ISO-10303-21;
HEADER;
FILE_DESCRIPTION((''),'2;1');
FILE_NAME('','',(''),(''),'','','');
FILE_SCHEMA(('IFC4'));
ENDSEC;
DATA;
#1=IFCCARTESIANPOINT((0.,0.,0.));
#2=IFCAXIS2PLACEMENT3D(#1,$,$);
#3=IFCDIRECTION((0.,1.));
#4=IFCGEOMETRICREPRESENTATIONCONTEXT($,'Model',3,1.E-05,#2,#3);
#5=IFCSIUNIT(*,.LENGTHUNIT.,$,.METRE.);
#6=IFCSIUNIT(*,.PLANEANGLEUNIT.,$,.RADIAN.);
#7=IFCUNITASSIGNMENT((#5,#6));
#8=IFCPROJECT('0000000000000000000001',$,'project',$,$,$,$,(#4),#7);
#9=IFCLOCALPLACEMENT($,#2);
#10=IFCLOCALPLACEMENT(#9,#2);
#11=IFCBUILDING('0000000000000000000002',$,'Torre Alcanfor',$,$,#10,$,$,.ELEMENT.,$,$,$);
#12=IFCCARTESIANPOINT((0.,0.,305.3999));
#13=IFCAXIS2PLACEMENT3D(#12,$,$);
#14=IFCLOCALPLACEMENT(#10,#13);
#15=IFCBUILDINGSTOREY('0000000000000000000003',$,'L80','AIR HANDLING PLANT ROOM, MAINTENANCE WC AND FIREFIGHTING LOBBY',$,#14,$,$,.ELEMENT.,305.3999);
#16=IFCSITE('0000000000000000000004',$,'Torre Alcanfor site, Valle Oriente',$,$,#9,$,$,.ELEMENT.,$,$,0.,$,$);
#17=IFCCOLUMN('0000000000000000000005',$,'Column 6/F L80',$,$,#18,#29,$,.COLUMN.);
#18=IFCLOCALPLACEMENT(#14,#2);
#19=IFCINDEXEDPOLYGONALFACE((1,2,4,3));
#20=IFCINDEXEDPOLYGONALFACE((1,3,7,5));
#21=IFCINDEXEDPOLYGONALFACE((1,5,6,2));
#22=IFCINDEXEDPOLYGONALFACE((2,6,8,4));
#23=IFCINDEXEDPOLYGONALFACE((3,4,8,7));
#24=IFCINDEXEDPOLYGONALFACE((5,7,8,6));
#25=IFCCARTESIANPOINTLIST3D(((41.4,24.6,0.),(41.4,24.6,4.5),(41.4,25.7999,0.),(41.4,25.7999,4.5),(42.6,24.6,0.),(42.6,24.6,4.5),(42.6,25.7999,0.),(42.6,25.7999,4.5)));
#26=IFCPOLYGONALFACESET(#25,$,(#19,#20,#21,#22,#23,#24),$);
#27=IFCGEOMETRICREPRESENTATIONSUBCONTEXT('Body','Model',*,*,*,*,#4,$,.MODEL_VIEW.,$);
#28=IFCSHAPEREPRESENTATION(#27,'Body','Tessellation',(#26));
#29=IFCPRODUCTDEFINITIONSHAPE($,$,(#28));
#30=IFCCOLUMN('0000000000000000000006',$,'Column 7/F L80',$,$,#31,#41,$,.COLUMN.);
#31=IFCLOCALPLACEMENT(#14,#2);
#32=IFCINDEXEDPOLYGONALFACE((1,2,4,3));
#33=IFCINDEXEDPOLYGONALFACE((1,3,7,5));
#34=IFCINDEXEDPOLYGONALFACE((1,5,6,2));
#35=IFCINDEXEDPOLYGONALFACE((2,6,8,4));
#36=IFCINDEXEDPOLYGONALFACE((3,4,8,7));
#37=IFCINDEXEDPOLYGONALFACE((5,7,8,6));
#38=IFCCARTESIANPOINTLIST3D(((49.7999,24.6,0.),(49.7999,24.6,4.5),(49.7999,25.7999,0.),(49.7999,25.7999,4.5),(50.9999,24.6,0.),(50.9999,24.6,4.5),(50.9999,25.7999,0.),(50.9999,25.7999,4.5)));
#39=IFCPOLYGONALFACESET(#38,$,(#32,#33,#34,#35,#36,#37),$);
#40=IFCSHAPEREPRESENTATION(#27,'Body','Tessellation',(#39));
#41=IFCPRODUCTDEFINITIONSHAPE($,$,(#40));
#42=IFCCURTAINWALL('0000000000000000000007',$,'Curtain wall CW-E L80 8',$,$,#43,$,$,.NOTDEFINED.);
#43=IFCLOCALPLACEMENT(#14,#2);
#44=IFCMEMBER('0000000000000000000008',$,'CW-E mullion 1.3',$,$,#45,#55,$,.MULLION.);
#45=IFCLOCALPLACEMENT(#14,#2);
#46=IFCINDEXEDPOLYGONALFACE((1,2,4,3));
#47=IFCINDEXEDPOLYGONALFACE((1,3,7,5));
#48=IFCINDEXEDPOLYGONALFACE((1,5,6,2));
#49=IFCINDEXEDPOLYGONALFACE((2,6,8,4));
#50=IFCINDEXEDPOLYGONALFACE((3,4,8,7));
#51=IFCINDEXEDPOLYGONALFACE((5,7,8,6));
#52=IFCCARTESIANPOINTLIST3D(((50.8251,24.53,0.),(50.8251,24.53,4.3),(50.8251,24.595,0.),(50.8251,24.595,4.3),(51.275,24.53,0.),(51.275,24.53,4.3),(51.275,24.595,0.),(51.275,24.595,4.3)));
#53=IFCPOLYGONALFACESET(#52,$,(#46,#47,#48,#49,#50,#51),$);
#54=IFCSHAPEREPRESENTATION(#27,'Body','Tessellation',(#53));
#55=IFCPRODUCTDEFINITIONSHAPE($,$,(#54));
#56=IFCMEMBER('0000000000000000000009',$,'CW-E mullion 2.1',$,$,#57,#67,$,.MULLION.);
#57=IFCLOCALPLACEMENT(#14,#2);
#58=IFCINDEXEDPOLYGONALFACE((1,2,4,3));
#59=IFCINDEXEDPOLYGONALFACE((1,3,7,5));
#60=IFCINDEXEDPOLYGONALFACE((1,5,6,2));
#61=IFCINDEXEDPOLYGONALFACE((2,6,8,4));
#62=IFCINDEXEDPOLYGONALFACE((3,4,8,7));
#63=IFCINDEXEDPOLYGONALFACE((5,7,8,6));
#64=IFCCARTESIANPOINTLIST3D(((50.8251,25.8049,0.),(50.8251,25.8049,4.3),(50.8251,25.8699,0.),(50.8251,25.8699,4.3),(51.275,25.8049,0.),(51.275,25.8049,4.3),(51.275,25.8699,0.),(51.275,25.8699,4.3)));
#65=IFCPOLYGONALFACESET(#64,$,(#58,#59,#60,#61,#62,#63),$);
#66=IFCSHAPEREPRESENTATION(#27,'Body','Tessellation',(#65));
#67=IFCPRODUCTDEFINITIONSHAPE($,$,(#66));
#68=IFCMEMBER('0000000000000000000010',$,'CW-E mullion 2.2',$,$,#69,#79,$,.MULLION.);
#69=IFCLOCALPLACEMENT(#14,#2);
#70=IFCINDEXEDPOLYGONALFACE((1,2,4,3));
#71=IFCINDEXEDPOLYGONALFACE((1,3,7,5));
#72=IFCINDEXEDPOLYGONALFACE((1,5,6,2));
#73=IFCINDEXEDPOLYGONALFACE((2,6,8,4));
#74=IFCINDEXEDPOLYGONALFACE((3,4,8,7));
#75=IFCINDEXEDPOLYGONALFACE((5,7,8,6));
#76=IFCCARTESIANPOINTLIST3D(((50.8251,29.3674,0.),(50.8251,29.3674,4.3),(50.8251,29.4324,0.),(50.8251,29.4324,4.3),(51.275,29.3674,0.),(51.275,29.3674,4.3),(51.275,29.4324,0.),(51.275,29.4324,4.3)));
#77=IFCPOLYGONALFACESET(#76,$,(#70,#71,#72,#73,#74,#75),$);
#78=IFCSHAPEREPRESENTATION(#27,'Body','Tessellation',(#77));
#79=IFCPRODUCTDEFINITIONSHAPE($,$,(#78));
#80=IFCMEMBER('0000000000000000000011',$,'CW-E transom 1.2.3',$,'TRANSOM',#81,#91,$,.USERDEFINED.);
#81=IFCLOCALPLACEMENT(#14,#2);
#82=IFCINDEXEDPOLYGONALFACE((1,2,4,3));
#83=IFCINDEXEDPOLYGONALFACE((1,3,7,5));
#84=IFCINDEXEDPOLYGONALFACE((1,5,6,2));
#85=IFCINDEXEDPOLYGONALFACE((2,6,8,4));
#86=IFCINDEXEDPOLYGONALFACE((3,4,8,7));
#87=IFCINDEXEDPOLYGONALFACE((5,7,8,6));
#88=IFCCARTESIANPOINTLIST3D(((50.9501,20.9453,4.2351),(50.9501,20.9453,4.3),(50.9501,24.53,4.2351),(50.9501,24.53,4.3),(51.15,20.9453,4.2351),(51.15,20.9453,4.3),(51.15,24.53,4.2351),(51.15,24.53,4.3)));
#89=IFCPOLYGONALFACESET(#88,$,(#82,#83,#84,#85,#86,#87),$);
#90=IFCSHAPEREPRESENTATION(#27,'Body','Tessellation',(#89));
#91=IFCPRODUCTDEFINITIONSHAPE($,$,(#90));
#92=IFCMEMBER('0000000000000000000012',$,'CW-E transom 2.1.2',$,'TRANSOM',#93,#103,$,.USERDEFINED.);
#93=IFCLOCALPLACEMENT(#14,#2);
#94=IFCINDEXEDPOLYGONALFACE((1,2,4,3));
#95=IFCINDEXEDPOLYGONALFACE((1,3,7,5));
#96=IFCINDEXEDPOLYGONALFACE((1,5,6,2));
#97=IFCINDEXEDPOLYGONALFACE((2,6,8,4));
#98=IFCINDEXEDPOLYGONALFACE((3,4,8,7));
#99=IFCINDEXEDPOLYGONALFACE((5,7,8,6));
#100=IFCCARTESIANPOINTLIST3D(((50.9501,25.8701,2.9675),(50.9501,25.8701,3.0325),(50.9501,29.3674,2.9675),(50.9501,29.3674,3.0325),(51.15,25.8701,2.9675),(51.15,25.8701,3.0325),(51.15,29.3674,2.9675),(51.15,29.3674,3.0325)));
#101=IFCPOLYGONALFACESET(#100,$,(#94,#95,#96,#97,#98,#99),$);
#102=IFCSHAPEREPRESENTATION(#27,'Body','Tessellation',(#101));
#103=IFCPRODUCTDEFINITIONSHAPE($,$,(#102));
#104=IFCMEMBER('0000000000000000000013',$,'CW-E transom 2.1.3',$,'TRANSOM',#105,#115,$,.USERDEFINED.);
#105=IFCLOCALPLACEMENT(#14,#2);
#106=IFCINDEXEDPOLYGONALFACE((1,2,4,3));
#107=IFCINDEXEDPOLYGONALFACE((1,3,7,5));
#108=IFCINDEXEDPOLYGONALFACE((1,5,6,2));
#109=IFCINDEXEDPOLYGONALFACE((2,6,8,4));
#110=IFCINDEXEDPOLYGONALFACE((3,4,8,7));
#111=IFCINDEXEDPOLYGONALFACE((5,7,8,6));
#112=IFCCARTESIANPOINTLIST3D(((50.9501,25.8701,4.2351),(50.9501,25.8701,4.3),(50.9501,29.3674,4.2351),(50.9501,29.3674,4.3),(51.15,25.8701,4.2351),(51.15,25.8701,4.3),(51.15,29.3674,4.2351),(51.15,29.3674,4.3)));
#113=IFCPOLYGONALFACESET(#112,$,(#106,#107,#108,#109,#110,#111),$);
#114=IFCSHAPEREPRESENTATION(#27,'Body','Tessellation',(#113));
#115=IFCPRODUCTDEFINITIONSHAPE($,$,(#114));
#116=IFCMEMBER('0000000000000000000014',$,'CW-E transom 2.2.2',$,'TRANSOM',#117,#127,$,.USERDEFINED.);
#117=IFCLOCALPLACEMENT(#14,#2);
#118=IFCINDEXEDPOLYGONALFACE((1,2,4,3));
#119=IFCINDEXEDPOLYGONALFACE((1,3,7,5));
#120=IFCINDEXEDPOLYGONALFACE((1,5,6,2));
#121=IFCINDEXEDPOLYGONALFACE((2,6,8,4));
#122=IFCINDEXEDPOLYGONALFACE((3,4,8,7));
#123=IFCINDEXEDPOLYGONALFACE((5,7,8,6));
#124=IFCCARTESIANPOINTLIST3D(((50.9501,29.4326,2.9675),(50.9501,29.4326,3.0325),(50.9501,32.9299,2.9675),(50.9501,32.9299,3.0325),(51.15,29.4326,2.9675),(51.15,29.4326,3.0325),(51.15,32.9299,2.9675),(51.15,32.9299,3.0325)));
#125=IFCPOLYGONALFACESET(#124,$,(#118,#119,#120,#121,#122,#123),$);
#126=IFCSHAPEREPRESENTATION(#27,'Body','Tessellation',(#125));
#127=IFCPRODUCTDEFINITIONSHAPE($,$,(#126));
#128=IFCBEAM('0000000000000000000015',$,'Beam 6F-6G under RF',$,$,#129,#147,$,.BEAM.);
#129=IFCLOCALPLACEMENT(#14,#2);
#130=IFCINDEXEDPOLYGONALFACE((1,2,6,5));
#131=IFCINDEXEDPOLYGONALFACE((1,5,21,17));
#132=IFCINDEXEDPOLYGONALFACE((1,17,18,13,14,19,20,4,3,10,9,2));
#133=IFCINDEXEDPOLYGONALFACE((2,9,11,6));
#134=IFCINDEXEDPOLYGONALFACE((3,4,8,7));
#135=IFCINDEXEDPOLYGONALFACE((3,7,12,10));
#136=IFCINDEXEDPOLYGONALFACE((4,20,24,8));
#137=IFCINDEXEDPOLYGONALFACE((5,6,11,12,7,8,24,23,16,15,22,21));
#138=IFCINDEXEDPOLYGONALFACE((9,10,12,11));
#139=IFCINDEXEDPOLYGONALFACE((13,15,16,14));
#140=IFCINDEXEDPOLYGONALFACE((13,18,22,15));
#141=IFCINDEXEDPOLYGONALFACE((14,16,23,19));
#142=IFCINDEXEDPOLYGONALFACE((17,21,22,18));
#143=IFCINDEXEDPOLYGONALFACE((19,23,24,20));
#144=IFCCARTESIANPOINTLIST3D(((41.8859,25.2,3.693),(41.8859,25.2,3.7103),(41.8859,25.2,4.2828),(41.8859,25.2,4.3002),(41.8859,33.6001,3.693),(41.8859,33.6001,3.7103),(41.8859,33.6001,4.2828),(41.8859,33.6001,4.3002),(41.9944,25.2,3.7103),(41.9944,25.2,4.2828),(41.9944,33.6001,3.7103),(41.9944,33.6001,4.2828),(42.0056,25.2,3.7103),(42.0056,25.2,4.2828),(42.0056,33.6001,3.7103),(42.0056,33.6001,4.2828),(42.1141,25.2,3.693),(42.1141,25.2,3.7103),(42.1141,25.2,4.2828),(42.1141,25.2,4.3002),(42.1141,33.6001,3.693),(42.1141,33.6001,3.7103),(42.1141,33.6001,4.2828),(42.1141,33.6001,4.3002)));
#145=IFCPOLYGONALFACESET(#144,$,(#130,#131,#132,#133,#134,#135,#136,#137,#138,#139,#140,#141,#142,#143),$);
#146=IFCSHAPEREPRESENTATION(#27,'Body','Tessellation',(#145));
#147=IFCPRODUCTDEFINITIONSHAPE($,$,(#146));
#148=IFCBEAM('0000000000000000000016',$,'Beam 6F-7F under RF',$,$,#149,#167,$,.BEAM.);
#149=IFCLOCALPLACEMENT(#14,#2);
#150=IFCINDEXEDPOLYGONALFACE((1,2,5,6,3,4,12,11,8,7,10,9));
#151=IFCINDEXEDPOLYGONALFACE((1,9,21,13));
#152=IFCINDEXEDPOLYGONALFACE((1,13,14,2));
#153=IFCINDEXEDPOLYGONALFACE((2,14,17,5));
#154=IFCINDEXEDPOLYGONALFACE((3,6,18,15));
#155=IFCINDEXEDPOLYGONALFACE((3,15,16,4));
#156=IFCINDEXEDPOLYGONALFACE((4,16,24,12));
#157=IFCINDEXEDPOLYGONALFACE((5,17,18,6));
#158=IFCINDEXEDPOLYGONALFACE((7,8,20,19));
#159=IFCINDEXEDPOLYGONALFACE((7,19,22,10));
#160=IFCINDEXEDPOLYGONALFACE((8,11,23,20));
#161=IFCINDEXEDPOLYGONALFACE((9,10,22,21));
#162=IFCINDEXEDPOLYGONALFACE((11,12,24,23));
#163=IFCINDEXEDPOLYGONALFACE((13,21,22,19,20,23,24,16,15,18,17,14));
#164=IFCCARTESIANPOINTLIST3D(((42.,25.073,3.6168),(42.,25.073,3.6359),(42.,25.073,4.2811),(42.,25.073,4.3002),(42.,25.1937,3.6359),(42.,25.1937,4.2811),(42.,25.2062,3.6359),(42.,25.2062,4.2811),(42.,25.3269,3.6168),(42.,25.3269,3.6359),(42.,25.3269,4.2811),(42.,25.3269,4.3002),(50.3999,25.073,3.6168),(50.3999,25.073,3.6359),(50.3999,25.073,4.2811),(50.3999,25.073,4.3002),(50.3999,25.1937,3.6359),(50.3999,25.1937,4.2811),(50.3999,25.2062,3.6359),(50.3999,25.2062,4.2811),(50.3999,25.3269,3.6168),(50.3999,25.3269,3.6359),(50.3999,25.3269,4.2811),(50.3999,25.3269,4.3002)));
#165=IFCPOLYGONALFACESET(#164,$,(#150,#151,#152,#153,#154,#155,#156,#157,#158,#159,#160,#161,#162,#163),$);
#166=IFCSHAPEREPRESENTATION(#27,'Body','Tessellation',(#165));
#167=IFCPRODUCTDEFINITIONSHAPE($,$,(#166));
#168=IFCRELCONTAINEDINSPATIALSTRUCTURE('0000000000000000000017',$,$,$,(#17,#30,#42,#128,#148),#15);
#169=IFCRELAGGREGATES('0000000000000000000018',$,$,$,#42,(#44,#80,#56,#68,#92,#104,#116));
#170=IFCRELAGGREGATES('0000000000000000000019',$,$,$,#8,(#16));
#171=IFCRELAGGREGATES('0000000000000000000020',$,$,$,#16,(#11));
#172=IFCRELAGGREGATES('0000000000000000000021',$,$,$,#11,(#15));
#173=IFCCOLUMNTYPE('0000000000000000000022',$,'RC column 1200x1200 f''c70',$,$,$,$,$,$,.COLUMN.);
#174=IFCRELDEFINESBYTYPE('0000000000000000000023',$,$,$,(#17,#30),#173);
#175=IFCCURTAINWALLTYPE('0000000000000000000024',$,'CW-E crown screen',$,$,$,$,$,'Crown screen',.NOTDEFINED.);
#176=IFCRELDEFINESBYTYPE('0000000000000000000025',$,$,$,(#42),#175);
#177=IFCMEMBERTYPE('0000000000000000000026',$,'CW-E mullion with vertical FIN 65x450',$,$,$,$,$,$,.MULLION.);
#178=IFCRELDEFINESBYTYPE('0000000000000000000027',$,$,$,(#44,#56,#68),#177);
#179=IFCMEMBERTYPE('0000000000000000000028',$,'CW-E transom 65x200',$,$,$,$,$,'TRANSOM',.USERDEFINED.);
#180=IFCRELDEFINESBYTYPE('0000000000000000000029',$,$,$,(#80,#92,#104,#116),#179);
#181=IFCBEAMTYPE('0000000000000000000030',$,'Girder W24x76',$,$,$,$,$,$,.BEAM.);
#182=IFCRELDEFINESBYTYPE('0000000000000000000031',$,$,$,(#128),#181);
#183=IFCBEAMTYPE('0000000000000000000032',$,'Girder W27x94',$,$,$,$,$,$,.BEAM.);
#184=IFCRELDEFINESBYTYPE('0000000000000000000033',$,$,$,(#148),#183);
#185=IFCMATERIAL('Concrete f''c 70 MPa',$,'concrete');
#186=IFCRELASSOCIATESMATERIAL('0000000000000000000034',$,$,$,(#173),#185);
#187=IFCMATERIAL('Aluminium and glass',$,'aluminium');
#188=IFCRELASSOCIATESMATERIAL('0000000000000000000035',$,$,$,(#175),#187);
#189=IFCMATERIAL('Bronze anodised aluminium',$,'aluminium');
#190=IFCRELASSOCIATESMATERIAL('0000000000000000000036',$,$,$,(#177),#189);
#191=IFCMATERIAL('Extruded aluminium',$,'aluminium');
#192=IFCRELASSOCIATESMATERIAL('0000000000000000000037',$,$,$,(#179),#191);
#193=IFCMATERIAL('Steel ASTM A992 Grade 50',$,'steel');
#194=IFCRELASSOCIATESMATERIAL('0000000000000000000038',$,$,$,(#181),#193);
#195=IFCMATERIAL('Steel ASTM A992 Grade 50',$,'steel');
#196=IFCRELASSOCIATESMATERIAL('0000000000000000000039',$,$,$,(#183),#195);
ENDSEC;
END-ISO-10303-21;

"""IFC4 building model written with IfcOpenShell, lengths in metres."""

from ifc_helpers import new_model, si_unit, direction, frame, origin, origin_2d, place, context, subcontext, project, spatial, rectangle, i_section, extrude, material, material_profile, profile_set, type_object, element, aggregate, save


model = new_model("IFC4")

# Units and contexts
model_context = context("Model", 3, precision=1e-05, world=origin(), true_north=direction((0.0, 1.0)))
body_context = subcontext(model_context, "Body", "Model", "MODEL_VIEW")
ifc_project = project(units=[si_unit("LENGTHUNIT", "METRE"), si_unit("PLANEANGLEUNIT", "RADIAN")], contexts=[model_context])

# Site, building, storey
site_placement = place(None, origin())
site = spatial("IfcSite", under=ifc_project, at=site_placement, Name="Torre Alcanfor site, Valle Oriente", CompositionType="ELEMENT", RefElevation=0.0)
building_placement = place(site_placement, origin())
building = spatial("IfcBuilding", under=site, at=building_placement, Name="Torre Alcanfor", CompositionType="ELEMENT")
storey_placement = place(building_placement, frame((0.0, 0.0, 305.3999)))
storey = spatial("IfcBuildingStorey", under=building, at=storey_placement, Name="L80", Description="AIR HANDLING PLANT ROOM, MAINTENANCE WC AND FIREFIGHTING LOBBY", CompositionType="ELEMENT", Elevation=305.3999)

# Columns
ifc_material_1 = material(Name="Concrete f'c 70 MPa", Category="concrete")
ifc_material_profile_1 = material_profile(ifc_material_1, rectangle(XDim=1.2, YDim=1.2, at=origin_2d()), Name="1200x1200")
ifc_profile_set_1 = profile_set([ifc_material_profile_1], Name="Concrete f'c 70 MPa")
column_type = type_object("IfcColumnType", Name="RC column 1200x1200 f'c70", PredefinedType="COLUMN", material=ifc_profile_set_1)
for number, where, z_axis, x_axis, name in (
    (1, (42.0, 25.2, 0.0), (0.0, 0.0, 1.0), (1.0, 0.0, 0.0), "Column 6/F L80"),
    (2, (50.3999, 25.2, 0.0), (0.0, 0.0, 1.0), (1.0, 0.0, 0.0), "Column 7/F L80"),
):
    element("IfcColumn", number, at=place(storey_placement, frame(where, z_axis=z_axis, x_axis=x_axis)), inside=storey, type_object=column_type, Name=name, PredefinedType="COLUMN", context=body_context, shape_type="SweptSolid", body=[
        extrude(rectangle(XDim=1.2, YDim=1.2, at=origin_2d()), origin(), (0.0, 0.0, 1.0), 4.5),
    ])

# Curtain wall, members
ifc_material_2 = material(Name="Aluminium and glass", Category="aluminium")
curtain_wall_type = type_object("IfcCurtainWallType", Name="CW-E crown screen", ElementType="Crown screen", PredefinedType="NOTDEFINED", material=ifc_material_2)
curtain_wall_placement = place(storey_placement, origin())
curtain_wall = element("IfcCurtainWall", 3, at=curtain_wall_placement, inside=storey, type_object=curtain_wall_type, Name="Curtain wall CW-E L80 8", PredefinedType="NOTDEFINED")
ifc_material_3 = material(Name="Bronze anodised aluminium", Category="aluminium")
ifc_material_profile_2 = material_profile(ifc_material_3, rectangle(XDim=0.45, YDim=0.0649, at=origin_2d()), Name="CW-E mullion 65x450")
ifc_profile_set_2 = profile_set([ifc_material_profile_2], Name="Bronze anodised aluminium")
member_type_1 = type_object("IfcMemberType", Name="CW-E mullion with vertical FIN 65x450", PredefinedType="MULLION", material=ifc_profile_set_2)
member_1_placement = place(storey_placement, frame((51.05, 24.5625, 0.0), z_axis=(0.0, 0.0, 1.0), x_axis=(-1.0, 0.0, 0.0)))
member_1 = element("IfcMember", 4, at=member_1_placement, type_object=member_type_1, Name="CW-E mullion 1.3", PredefinedType="MULLION", context=body_context, shape_type="SweptSolid", body=[
    extrude(rectangle(XDim=0.45, YDim=0.0649, at=origin_2d()), origin(), (0.0, 0.0, 1.0), 4.3),
])
member_2_placement = place(storey_placement, frame((51.05, 25.8374, 0.0), z_axis=(0.0, 0.0, 1.0), x_axis=(-1.0, 0.0, 0.0)))
member_2 = element("IfcMember", 5, at=member_2_placement, type_object=member_type_1, Name="CW-E mullion 2.1", PredefinedType="MULLION", context=body_context, shape_type="SweptSolid", body=[
    extrude(rectangle(XDim=0.45, YDim=0.0649, at=origin_2d()), origin(), (0.0, 0.0, 1.0), 4.3),
])
member_3_placement = place(storey_placement, frame((51.05, 29.3999, 0.0), z_axis=(0.0, 0.0, 1.0), x_axis=(-1.0, 0.0, 0.0)))
member_3 = element("IfcMember", 6, at=member_3_placement, type_object=member_type_1, Name="CW-E mullion 2.2", PredefinedType="MULLION", context=body_context, shape_type="SweptSolid", body=[
    extrude(rectangle(XDim=0.45, YDim=0.0649, at=origin_2d()), origin(), (0.0, 0.0, 1.0), 4.3),
])
ifc_material_4 = material(Name="Extruded aluminium", Category="aluminium")
ifc_material_profile_3 = material_profile(ifc_material_4, rectangle(XDim=0.2, YDim=0.0649, at=origin_2d()), Name="CW-E transom 200x65")
ifc_profile_set_3 = profile_set([ifc_material_profile_3], Name="Extruded aluminium")
member_type_2 = type_object("IfcMemberType", Name="CW-E transom 65x200", ElementType="TRANSOM", PredefinedType="USERDEFINED", material=ifc_profile_set_3)
member_4_placement = place(storey_placement, frame((51.05, 20.9453, 4.2676), z_axis=(0.0, 1.0, 0.0), x_axis=(-1.0, 0.0, 0.0)))
member_4 = element("IfcMember", 7, at=member_4_placement, type_object=member_type_2, Name="CW-E transom 1.2.3", ObjectType="TRANSOM", PredefinedType="USERDEFINED", context=body_context, shape_type="SweptSolid", body=[
    extrude(rectangle(XDim=0.2, YDim=0.0649, at=origin_2d()), origin(), (0.0, 0.0, 1.0), 3.5847),
])
member_5_placement = place(storey_placement, frame((51.05, 25.8701, 3.0), z_axis=(0.0, 1.0, 0.0), x_axis=(-1.0, 0.0, 0.0)))
member_5 = element("IfcMember", 8, at=member_5_placement, type_object=member_type_2, Name="CW-E transom 2.1.2", ObjectType="TRANSOM", PredefinedType="USERDEFINED", context=body_context, shape_type="SweptSolid", body=[
    extrude(rectangle(XDim=0.2, YDim=0.0649, at=origin_2d()), origin(), (0.0, 0.0, 1.0), 3.4973),
])
member_6_placement = place(storey_placement, frame((51.05, 25.8701, 4.2676), z_axis=(0.0, 1.0, 0.0), x_axis=(-1.0, 0.0, 0.0)))
member_6 = element("IfcMember", 9, at=member_6_placement, type_object=member_type_2, Name="CW-E transom 2.1.3", ObjectType="TRANSOM", PredefinedType="USERDEFINED", context=body_context, shape_type="SweptSolid", body=[
    extrude(rectangle(XDim=0.2, YDim=0.0649, at=origin_2d()), origin(), (0.0, 0.0, 1.0), 3.4973),
])
member_7_placement = place(storey_placement, frame((51.05, 29.4326, 3.0), z_axis=(0.0, 1.0, 0.0), x_axis=(-1.0, 0.0, 0.0)))
member_7 = element("IfcMember", 10, at=member_7_placement, type_object=member_type_2, Name="CW-E transom 2.2.2", ObjectType="TRANSOM", PredefinedType="USERDEFINED", context=body_context, shape_type="SweptSolid", body=[
    extrude(rectangle(XDim=0.2, YDim=0.0649, at=origin_2d()), origin(), (0.0, 0.0, 1.0), 3.4973),
])

# Beams
ifc_material_5 = material(Name="Steel ASTM A992 Grade 50", Category="steel")
ifc_material_profile_4 = material_profile(ifc_material_5, i_section(OverallWidth=0.2283, OverallDepth=0.6072, WebThickness=0.0112, FlangeThickness=0.0173, at=origin_2d()), Name="W24x76")
ifc_profile_set_4 = profile_set([ifc_material_profile_4], Name="Steel ASTM A992 Grade 50")
beam_type_1 = type_object("IfcBeamType", Name="Girder W24x76", PredefinedType="BEAM", material=ifc_profile_set_4)
beam_1_placement = place(storey_placement, frame((42.0, 25.2, 3.9966), z_axis=(0.0, 1.0, 0.0), x_axis=(-1.0, 0.0, 0.0)))
element("IfcBeam", 11, at=beam_1_placement, inside=storey, type_object=beam_type_1, Name="Beam 6F-6G under RF", PredefinedType="BEAM", context=body_context, shape_type="SweptSolid", body=[
    extrude(i_section(OverallWidth=0.2283, OverallDepth=0.6072, WebThickness=0.0112, FlangeThickness=0.0173, at=origin_2d()), origin(), (0.0, 0.0, 1.0), 8.4001),
])
ifc_material_6 = material(Name="Steel ASTM A992 Grade 50", Category="steel")
ifc_material_profile_5 = material_profile(ifc_material_6, i_section(OverallWidth=0.2539, OverallDepth=0.6833, WebThickness=0.0125, FlangeThickness=0.019, at=origin_2d()), Name="W27x94")
ifc_profile_set_5 = profile_set([ifc_material_profile_5], Name="Steel ASTM A992 Grade 50")
beam_type_2 = type_object("IfcBeamType", Name="Girder W27x94", PredefinedType="BEAM", material=ifc_profile_set_5)
beam_2_placement = place(storey_placement, frame((42.0, 25.2, 3.9585), z_axis=(1.0, 0.0, 0.0), x_axis=(0.0, 1.0, 0.0)))
element("IfcBeam", 12, at=beam_2_placement, inside=storey, type_object=beam_type_2, Name="Beam 6F-7F under RF", PredefinedType="BEAM", context=body_context, shape_type="SweptSolid", body=[
    extrude(i_section(OverallWidth=0.2539, OverallDepth=0.6833, WebThickness=0.0125, FlangeThickness=0.019, at=origin_2d()), origin(), (0.0, 0.0, 1.0), 8.3999),
])

aggregate(curtain_wall, [member_1, member_4, member_2, member_3, member_5, member_6, member_7])

save(model, "model.ifc")
